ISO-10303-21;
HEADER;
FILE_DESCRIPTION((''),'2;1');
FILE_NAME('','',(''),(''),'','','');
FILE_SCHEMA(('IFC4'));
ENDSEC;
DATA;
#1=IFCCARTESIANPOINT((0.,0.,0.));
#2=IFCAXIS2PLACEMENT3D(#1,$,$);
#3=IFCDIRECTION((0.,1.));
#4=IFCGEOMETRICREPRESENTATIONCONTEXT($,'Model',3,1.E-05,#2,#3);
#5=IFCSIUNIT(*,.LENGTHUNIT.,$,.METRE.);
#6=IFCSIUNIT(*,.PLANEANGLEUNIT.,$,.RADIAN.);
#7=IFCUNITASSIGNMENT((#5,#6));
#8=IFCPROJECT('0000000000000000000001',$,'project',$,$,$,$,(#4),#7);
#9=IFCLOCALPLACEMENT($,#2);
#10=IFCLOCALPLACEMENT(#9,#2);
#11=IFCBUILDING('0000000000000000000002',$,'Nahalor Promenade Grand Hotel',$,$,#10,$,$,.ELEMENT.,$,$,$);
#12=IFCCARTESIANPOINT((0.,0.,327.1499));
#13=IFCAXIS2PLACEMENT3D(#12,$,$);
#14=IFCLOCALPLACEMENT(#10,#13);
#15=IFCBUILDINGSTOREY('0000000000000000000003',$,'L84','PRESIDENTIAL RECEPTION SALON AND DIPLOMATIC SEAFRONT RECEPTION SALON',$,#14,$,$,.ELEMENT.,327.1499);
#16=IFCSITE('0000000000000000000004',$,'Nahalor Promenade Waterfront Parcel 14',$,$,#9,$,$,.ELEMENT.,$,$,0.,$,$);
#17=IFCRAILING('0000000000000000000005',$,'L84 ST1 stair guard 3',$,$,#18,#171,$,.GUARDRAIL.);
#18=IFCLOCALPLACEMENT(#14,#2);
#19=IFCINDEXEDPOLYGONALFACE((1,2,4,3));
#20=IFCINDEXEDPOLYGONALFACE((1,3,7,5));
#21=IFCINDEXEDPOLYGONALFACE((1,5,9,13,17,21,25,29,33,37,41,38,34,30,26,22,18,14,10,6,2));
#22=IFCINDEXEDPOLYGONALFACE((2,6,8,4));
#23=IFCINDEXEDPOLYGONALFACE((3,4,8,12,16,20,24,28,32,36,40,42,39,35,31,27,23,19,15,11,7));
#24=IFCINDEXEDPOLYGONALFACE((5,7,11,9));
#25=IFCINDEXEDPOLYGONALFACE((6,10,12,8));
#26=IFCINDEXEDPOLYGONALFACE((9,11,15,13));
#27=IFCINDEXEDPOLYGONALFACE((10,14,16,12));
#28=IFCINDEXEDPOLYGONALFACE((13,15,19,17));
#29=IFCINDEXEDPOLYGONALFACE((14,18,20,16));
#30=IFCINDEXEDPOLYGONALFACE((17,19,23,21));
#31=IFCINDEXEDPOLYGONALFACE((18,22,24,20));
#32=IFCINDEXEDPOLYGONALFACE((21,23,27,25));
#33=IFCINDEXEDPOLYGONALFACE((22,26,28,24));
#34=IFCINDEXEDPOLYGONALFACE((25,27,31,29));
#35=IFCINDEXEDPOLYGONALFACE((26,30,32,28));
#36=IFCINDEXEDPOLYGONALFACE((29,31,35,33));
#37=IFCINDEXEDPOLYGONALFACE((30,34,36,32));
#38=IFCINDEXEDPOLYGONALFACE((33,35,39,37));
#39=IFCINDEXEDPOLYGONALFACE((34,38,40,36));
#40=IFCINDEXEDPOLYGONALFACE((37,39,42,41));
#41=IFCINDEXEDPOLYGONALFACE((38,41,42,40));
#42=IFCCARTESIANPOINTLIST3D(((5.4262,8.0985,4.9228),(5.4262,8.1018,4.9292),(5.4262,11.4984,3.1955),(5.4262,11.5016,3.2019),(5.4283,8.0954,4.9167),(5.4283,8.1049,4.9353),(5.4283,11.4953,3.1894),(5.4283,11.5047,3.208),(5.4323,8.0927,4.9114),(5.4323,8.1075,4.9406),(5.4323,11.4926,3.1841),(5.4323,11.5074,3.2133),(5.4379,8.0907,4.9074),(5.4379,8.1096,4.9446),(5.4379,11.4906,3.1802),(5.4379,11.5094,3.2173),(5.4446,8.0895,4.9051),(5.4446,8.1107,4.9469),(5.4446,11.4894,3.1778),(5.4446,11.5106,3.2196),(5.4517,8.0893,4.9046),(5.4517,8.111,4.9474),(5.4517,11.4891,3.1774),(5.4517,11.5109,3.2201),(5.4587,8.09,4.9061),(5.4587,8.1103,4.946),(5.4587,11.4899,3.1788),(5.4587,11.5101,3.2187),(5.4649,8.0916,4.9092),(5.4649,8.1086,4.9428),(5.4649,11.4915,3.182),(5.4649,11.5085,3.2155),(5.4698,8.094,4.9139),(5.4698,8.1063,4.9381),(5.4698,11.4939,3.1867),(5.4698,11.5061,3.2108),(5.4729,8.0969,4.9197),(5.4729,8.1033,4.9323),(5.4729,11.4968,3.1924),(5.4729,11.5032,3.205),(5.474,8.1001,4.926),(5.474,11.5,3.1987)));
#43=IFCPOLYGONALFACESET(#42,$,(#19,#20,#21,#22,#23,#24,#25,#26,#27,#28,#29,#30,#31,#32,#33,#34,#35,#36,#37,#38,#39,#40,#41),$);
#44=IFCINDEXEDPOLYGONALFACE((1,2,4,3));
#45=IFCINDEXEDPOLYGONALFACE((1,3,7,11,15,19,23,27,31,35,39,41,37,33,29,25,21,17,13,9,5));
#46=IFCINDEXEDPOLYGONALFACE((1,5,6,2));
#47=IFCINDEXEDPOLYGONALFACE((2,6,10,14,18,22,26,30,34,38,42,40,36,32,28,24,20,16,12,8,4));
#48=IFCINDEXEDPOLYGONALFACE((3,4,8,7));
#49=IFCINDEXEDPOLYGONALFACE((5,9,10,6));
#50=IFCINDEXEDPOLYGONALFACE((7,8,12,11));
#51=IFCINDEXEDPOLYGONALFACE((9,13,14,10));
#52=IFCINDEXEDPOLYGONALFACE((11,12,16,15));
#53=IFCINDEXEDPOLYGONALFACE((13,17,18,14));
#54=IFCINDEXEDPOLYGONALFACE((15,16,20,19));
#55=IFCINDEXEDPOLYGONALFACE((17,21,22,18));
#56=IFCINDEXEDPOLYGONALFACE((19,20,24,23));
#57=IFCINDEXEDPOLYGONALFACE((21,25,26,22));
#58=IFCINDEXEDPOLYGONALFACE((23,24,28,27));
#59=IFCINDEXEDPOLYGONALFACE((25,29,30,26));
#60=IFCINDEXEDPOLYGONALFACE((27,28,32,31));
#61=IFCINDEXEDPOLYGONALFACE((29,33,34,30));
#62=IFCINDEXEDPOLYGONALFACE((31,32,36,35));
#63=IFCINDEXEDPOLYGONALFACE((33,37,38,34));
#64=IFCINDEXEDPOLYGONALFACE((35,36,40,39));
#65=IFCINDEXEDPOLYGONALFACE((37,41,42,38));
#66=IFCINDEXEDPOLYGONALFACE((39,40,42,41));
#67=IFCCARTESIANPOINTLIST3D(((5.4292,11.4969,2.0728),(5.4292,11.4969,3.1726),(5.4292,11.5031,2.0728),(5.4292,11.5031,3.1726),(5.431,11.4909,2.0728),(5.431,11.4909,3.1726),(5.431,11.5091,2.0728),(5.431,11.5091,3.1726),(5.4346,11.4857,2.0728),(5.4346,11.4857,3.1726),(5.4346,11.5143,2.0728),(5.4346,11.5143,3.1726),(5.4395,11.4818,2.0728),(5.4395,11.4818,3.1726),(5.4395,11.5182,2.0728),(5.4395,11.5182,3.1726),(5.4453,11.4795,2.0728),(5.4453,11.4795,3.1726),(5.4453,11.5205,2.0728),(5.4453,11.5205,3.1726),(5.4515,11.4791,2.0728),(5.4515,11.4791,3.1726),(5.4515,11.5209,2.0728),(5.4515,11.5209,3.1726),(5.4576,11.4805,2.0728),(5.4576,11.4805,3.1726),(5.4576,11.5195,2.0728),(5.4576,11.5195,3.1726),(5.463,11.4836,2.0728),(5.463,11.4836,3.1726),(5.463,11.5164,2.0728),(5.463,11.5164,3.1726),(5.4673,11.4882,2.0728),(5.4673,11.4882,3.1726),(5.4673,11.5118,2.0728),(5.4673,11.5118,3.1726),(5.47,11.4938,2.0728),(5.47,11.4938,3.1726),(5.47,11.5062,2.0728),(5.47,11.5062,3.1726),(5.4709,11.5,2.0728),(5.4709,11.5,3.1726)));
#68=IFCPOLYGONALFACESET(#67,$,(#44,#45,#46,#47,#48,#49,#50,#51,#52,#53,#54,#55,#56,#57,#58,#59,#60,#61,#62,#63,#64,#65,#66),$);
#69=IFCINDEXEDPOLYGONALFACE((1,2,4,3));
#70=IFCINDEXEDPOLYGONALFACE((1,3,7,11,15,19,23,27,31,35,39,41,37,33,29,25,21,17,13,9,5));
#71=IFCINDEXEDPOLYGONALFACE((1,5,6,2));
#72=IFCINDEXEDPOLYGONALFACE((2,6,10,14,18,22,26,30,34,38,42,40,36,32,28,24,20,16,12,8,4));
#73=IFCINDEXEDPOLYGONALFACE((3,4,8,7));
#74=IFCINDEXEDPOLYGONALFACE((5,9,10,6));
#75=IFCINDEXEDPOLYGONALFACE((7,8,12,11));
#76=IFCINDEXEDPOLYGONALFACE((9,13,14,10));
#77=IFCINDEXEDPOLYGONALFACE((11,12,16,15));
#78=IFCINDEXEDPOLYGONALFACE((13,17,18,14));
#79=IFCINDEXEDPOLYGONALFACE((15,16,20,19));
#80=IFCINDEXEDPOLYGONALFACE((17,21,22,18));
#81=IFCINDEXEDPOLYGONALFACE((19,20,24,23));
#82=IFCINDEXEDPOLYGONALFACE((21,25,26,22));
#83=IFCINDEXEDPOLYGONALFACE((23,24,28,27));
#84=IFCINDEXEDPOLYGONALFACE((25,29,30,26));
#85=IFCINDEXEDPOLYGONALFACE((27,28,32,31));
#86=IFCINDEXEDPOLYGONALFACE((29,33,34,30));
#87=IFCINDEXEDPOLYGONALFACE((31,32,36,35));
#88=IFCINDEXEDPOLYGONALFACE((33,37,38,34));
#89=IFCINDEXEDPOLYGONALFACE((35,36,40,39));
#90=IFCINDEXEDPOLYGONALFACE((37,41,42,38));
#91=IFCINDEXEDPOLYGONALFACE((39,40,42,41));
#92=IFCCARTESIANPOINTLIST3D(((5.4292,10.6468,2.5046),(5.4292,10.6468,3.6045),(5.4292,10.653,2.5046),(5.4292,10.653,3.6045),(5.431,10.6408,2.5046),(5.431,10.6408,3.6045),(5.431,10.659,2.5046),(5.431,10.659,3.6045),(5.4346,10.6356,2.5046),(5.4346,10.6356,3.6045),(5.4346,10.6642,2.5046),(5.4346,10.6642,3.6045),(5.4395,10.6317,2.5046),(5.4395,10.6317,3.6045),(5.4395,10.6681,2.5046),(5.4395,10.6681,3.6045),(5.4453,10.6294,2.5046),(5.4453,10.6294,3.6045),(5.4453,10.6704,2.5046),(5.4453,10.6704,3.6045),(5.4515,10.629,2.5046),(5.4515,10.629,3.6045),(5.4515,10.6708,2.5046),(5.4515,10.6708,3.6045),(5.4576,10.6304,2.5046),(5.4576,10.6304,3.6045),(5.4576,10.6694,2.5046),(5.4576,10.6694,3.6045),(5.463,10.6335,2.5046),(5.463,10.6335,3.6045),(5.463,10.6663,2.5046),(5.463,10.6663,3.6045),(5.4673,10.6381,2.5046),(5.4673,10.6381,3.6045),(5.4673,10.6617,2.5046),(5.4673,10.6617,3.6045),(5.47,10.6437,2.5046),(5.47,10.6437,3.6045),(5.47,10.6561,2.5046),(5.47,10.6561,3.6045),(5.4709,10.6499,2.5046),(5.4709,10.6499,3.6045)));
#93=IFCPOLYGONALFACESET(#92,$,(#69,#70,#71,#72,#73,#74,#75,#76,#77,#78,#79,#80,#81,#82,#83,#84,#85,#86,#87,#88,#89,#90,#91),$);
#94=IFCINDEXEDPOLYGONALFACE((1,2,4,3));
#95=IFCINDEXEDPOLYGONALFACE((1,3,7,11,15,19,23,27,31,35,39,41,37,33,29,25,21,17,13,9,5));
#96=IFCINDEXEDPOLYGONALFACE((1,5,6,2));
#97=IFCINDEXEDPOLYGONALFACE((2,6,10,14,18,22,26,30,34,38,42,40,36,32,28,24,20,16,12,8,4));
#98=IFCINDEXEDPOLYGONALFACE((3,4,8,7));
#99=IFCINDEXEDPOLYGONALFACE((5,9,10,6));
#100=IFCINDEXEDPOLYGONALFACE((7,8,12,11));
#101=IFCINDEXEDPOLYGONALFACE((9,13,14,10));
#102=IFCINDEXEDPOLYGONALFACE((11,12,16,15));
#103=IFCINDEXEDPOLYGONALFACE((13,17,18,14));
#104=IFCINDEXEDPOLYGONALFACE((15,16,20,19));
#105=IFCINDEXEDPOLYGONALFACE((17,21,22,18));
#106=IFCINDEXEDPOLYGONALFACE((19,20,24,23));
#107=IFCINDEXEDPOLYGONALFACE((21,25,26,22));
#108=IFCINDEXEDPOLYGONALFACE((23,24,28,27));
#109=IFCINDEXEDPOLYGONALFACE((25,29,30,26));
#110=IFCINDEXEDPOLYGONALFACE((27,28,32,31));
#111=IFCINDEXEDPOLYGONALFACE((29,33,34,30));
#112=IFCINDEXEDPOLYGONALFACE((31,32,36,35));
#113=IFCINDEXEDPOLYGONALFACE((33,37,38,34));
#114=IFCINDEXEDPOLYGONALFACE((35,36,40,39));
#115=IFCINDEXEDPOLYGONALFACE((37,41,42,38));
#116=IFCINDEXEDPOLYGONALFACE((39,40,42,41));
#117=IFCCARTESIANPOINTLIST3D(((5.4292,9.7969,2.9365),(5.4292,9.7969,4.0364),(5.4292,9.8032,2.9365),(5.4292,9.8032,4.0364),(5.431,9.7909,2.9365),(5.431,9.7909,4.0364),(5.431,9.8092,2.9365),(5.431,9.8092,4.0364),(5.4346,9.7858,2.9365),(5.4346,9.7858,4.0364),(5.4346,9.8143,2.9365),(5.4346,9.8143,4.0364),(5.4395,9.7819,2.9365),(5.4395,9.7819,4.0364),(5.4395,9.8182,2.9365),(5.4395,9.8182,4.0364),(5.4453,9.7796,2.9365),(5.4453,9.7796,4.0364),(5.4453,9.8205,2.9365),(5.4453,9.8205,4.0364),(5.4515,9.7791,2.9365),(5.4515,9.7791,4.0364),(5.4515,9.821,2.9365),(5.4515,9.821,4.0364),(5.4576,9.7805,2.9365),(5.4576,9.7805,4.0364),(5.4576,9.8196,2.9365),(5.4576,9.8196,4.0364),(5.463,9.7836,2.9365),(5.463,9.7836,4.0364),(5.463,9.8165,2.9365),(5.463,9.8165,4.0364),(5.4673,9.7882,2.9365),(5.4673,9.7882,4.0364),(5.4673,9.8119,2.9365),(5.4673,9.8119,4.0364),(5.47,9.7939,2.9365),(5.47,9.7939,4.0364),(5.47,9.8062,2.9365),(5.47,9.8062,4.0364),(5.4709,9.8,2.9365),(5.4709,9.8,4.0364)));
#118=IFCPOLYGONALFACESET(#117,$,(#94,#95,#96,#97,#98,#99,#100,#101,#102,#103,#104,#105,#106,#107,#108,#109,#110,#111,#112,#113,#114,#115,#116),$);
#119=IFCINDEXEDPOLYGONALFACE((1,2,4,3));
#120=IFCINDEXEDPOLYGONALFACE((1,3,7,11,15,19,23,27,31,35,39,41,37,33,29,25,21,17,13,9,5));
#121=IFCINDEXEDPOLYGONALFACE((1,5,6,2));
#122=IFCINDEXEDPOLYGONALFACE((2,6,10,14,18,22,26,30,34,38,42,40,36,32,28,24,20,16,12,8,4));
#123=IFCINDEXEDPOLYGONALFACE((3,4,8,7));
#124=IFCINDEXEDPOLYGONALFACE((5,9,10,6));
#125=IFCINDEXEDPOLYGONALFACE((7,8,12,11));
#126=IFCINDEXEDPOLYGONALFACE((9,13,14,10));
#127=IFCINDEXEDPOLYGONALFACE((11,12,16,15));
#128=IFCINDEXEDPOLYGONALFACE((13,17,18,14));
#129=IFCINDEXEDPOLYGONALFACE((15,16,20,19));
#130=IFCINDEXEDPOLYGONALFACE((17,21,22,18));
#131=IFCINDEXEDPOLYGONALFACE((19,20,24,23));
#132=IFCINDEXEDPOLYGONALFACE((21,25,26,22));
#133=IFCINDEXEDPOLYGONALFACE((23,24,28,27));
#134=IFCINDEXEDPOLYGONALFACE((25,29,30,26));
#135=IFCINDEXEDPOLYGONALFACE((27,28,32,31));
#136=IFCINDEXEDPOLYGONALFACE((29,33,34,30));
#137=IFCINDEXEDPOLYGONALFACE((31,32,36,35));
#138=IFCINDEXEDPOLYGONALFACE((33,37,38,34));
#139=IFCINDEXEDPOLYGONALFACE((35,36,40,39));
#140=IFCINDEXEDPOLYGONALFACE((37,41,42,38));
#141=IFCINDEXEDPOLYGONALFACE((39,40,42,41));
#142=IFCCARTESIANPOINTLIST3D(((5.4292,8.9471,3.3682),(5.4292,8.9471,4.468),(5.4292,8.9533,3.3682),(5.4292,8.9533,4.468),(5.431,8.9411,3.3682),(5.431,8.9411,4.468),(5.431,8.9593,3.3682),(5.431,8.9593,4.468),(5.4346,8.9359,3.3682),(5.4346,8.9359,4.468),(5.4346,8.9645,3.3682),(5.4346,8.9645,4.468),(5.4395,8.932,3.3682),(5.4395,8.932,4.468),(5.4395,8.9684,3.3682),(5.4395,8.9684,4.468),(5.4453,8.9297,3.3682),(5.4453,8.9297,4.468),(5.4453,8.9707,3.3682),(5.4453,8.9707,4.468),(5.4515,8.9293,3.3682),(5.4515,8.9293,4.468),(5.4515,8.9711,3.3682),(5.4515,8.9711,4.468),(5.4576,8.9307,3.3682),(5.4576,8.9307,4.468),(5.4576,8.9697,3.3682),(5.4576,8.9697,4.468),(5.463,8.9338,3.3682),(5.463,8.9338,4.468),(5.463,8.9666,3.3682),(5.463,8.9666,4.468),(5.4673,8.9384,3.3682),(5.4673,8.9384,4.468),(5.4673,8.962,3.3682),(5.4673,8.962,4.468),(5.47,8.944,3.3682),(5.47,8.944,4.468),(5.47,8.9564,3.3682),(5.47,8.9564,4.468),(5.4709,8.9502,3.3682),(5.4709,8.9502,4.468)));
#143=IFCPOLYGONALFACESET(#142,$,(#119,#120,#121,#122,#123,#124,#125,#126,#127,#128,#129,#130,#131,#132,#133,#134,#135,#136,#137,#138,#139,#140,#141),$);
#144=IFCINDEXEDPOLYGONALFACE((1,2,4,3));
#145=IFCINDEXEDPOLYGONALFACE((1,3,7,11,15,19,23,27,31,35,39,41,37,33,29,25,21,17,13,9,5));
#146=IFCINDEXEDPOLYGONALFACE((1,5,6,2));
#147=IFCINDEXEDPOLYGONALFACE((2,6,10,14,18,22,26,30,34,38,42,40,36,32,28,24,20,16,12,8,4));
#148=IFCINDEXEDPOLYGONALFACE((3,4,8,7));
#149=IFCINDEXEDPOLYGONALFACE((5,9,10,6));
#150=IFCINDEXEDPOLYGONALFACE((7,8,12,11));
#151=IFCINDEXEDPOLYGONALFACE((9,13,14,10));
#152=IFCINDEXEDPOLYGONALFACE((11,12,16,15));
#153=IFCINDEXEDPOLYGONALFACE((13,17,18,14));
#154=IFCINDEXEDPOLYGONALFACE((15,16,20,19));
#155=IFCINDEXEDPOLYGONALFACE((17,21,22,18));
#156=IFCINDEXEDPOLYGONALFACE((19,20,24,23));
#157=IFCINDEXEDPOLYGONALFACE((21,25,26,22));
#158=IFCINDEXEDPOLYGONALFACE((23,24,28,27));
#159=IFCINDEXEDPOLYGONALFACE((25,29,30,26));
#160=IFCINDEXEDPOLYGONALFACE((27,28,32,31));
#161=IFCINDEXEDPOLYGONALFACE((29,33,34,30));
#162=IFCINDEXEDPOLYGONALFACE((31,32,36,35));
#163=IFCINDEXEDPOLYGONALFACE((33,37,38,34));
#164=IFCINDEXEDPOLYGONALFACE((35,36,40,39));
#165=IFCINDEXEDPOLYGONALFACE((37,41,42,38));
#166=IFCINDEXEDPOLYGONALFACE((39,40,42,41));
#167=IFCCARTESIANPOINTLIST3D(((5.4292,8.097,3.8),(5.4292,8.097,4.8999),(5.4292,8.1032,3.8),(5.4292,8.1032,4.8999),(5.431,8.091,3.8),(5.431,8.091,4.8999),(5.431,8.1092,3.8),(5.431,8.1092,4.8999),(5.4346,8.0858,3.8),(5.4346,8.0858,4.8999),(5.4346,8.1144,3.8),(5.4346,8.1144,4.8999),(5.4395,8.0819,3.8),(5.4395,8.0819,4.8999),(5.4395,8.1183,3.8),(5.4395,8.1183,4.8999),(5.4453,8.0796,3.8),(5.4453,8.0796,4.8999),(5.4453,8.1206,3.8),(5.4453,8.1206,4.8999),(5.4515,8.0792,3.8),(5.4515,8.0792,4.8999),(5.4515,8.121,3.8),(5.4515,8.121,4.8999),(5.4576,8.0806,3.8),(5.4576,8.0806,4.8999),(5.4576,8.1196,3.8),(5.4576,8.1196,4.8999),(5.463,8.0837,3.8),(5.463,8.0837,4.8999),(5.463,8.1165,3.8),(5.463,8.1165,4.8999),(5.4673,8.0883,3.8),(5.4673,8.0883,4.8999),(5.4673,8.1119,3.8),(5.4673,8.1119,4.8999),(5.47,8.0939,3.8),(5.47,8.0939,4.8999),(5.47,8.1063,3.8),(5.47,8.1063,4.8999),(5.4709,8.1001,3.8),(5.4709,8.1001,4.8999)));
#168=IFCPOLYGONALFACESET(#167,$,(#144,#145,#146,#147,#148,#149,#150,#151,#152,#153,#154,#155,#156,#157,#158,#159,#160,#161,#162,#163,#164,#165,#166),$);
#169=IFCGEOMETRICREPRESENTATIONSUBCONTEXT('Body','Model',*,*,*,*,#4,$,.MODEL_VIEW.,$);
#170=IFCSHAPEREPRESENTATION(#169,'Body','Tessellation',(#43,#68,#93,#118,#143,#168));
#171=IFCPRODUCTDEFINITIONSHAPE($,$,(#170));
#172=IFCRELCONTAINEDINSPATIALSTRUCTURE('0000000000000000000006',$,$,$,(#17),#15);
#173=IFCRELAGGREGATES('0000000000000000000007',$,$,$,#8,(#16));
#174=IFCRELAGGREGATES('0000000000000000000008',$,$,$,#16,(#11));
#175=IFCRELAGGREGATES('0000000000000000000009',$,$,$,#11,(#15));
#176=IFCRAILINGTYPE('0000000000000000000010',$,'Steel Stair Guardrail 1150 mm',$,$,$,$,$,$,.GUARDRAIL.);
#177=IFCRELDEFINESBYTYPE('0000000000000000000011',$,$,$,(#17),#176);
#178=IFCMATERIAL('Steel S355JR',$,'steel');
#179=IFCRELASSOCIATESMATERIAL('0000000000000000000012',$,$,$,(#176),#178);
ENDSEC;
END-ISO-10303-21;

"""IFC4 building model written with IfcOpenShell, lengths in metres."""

from ifc_helpers import new_model, si_unit, direction, frame, origin, origin_2d, place, context, subcontext, project, spatial, circle, extrude, material, type_object, element, save


model = new_model("IFC4")

# Units and contexts
model_context = context("Model", 3, precision=1e-05, world=origin(), true_north=direction((0.0, 1.0)))
body_context = subcontext(model_context, "Body", "Model", "MODEL_VIEW")
ifc_project = project(units=[si_unit("LENGTHUNIT", "METRE"), si_unit("PLANEANGLEUNIT", "RADIAN")], contexts=[model_context])

# Site, building, storey
site_placement = place(None, origin())
site = spatial("IfcSite", under=ifc_project, at=site_placement, Name="Nahalor Promenade Waterfront Parcel 14", CompositionType="ELEMENT", RefElevation=0.0)
building_placement = place(site_placement, origin())
building = spatial("IfcBuilding", under=site, at=building_placement, Name="Nahalor Promenade Grand Hotel", CompositionType="ELEMENT")
storey_placement = place(building_placement, frame((0.0, 0.0, 327.1499)))
storey = spatial("IfcBuildingStorey", under=building, at=storey_placement, Name="L84", Description="PRESIDENTIAL RECEPTION SALON AND DIPLOMATIC SEAFRONT RECEPTION SALON", CompositionType="ELEMENT", Elevation=327.1499)

# Shared definitions
ifc_material_1 = material(Name="Steel S355JR", Category="steel")

# Railing
railing_type_1 = type_object("IfcRailingType", Name="Steel Stair Guardrail 1150 mm", PredefinedType="GUARDRAIL", material=ifc_material_1)
railing_1_placement = place(storey_placement, frame((5.45, 11.5, 2.0728)))
element("IfcRailing", 1, at=railing_1_placement, inside=storey, type_object=railing_type_1, Name="L84 ST1 stair guard 3", PredefinedType="GUARDRAIL", context=body_context, shape_type="SweptSolid", body=[
    extrude(circle(Radius=0.024, at=origin_2d()), frame((0.0, 0.0, 1.126), z_axis=(0.0, -0.891541, 0.452941), x_axis=(1.0, 0.0, 0.0)), (0.0, 0.0, 1.0), 3.8135),
    extrude(circle(Radius=0.021, at=origin_2d()), origin(), (0.0, 0.0, 1.0), 1.0999),
    extrude(circle(Radius=0.021, at=origin_2d()), frame((0.0, -0.8501, 0.4319)), (0.0, 0.0, 1.0), 1.0999),
    extrude(circle(Radius=0.021, at=origin_2d()), frame((0.0, -1.7, 0.8638)), (0.0, 0.0, 1.0), 1.0999),
    extrude(circle(Radius=0.021, at=origin_2d()), frame((0.0, -2.5498, 1.2954)), (0.0, 0.0, 1.0), 1.0999),
    extrude(circle(Radius=0.021, at=origin_2d()), frame((0.0, -3.3999, 1.7273)), (0.0, 0.0, 1.0), 1.0999),
])

save(model, "model.ifc")
